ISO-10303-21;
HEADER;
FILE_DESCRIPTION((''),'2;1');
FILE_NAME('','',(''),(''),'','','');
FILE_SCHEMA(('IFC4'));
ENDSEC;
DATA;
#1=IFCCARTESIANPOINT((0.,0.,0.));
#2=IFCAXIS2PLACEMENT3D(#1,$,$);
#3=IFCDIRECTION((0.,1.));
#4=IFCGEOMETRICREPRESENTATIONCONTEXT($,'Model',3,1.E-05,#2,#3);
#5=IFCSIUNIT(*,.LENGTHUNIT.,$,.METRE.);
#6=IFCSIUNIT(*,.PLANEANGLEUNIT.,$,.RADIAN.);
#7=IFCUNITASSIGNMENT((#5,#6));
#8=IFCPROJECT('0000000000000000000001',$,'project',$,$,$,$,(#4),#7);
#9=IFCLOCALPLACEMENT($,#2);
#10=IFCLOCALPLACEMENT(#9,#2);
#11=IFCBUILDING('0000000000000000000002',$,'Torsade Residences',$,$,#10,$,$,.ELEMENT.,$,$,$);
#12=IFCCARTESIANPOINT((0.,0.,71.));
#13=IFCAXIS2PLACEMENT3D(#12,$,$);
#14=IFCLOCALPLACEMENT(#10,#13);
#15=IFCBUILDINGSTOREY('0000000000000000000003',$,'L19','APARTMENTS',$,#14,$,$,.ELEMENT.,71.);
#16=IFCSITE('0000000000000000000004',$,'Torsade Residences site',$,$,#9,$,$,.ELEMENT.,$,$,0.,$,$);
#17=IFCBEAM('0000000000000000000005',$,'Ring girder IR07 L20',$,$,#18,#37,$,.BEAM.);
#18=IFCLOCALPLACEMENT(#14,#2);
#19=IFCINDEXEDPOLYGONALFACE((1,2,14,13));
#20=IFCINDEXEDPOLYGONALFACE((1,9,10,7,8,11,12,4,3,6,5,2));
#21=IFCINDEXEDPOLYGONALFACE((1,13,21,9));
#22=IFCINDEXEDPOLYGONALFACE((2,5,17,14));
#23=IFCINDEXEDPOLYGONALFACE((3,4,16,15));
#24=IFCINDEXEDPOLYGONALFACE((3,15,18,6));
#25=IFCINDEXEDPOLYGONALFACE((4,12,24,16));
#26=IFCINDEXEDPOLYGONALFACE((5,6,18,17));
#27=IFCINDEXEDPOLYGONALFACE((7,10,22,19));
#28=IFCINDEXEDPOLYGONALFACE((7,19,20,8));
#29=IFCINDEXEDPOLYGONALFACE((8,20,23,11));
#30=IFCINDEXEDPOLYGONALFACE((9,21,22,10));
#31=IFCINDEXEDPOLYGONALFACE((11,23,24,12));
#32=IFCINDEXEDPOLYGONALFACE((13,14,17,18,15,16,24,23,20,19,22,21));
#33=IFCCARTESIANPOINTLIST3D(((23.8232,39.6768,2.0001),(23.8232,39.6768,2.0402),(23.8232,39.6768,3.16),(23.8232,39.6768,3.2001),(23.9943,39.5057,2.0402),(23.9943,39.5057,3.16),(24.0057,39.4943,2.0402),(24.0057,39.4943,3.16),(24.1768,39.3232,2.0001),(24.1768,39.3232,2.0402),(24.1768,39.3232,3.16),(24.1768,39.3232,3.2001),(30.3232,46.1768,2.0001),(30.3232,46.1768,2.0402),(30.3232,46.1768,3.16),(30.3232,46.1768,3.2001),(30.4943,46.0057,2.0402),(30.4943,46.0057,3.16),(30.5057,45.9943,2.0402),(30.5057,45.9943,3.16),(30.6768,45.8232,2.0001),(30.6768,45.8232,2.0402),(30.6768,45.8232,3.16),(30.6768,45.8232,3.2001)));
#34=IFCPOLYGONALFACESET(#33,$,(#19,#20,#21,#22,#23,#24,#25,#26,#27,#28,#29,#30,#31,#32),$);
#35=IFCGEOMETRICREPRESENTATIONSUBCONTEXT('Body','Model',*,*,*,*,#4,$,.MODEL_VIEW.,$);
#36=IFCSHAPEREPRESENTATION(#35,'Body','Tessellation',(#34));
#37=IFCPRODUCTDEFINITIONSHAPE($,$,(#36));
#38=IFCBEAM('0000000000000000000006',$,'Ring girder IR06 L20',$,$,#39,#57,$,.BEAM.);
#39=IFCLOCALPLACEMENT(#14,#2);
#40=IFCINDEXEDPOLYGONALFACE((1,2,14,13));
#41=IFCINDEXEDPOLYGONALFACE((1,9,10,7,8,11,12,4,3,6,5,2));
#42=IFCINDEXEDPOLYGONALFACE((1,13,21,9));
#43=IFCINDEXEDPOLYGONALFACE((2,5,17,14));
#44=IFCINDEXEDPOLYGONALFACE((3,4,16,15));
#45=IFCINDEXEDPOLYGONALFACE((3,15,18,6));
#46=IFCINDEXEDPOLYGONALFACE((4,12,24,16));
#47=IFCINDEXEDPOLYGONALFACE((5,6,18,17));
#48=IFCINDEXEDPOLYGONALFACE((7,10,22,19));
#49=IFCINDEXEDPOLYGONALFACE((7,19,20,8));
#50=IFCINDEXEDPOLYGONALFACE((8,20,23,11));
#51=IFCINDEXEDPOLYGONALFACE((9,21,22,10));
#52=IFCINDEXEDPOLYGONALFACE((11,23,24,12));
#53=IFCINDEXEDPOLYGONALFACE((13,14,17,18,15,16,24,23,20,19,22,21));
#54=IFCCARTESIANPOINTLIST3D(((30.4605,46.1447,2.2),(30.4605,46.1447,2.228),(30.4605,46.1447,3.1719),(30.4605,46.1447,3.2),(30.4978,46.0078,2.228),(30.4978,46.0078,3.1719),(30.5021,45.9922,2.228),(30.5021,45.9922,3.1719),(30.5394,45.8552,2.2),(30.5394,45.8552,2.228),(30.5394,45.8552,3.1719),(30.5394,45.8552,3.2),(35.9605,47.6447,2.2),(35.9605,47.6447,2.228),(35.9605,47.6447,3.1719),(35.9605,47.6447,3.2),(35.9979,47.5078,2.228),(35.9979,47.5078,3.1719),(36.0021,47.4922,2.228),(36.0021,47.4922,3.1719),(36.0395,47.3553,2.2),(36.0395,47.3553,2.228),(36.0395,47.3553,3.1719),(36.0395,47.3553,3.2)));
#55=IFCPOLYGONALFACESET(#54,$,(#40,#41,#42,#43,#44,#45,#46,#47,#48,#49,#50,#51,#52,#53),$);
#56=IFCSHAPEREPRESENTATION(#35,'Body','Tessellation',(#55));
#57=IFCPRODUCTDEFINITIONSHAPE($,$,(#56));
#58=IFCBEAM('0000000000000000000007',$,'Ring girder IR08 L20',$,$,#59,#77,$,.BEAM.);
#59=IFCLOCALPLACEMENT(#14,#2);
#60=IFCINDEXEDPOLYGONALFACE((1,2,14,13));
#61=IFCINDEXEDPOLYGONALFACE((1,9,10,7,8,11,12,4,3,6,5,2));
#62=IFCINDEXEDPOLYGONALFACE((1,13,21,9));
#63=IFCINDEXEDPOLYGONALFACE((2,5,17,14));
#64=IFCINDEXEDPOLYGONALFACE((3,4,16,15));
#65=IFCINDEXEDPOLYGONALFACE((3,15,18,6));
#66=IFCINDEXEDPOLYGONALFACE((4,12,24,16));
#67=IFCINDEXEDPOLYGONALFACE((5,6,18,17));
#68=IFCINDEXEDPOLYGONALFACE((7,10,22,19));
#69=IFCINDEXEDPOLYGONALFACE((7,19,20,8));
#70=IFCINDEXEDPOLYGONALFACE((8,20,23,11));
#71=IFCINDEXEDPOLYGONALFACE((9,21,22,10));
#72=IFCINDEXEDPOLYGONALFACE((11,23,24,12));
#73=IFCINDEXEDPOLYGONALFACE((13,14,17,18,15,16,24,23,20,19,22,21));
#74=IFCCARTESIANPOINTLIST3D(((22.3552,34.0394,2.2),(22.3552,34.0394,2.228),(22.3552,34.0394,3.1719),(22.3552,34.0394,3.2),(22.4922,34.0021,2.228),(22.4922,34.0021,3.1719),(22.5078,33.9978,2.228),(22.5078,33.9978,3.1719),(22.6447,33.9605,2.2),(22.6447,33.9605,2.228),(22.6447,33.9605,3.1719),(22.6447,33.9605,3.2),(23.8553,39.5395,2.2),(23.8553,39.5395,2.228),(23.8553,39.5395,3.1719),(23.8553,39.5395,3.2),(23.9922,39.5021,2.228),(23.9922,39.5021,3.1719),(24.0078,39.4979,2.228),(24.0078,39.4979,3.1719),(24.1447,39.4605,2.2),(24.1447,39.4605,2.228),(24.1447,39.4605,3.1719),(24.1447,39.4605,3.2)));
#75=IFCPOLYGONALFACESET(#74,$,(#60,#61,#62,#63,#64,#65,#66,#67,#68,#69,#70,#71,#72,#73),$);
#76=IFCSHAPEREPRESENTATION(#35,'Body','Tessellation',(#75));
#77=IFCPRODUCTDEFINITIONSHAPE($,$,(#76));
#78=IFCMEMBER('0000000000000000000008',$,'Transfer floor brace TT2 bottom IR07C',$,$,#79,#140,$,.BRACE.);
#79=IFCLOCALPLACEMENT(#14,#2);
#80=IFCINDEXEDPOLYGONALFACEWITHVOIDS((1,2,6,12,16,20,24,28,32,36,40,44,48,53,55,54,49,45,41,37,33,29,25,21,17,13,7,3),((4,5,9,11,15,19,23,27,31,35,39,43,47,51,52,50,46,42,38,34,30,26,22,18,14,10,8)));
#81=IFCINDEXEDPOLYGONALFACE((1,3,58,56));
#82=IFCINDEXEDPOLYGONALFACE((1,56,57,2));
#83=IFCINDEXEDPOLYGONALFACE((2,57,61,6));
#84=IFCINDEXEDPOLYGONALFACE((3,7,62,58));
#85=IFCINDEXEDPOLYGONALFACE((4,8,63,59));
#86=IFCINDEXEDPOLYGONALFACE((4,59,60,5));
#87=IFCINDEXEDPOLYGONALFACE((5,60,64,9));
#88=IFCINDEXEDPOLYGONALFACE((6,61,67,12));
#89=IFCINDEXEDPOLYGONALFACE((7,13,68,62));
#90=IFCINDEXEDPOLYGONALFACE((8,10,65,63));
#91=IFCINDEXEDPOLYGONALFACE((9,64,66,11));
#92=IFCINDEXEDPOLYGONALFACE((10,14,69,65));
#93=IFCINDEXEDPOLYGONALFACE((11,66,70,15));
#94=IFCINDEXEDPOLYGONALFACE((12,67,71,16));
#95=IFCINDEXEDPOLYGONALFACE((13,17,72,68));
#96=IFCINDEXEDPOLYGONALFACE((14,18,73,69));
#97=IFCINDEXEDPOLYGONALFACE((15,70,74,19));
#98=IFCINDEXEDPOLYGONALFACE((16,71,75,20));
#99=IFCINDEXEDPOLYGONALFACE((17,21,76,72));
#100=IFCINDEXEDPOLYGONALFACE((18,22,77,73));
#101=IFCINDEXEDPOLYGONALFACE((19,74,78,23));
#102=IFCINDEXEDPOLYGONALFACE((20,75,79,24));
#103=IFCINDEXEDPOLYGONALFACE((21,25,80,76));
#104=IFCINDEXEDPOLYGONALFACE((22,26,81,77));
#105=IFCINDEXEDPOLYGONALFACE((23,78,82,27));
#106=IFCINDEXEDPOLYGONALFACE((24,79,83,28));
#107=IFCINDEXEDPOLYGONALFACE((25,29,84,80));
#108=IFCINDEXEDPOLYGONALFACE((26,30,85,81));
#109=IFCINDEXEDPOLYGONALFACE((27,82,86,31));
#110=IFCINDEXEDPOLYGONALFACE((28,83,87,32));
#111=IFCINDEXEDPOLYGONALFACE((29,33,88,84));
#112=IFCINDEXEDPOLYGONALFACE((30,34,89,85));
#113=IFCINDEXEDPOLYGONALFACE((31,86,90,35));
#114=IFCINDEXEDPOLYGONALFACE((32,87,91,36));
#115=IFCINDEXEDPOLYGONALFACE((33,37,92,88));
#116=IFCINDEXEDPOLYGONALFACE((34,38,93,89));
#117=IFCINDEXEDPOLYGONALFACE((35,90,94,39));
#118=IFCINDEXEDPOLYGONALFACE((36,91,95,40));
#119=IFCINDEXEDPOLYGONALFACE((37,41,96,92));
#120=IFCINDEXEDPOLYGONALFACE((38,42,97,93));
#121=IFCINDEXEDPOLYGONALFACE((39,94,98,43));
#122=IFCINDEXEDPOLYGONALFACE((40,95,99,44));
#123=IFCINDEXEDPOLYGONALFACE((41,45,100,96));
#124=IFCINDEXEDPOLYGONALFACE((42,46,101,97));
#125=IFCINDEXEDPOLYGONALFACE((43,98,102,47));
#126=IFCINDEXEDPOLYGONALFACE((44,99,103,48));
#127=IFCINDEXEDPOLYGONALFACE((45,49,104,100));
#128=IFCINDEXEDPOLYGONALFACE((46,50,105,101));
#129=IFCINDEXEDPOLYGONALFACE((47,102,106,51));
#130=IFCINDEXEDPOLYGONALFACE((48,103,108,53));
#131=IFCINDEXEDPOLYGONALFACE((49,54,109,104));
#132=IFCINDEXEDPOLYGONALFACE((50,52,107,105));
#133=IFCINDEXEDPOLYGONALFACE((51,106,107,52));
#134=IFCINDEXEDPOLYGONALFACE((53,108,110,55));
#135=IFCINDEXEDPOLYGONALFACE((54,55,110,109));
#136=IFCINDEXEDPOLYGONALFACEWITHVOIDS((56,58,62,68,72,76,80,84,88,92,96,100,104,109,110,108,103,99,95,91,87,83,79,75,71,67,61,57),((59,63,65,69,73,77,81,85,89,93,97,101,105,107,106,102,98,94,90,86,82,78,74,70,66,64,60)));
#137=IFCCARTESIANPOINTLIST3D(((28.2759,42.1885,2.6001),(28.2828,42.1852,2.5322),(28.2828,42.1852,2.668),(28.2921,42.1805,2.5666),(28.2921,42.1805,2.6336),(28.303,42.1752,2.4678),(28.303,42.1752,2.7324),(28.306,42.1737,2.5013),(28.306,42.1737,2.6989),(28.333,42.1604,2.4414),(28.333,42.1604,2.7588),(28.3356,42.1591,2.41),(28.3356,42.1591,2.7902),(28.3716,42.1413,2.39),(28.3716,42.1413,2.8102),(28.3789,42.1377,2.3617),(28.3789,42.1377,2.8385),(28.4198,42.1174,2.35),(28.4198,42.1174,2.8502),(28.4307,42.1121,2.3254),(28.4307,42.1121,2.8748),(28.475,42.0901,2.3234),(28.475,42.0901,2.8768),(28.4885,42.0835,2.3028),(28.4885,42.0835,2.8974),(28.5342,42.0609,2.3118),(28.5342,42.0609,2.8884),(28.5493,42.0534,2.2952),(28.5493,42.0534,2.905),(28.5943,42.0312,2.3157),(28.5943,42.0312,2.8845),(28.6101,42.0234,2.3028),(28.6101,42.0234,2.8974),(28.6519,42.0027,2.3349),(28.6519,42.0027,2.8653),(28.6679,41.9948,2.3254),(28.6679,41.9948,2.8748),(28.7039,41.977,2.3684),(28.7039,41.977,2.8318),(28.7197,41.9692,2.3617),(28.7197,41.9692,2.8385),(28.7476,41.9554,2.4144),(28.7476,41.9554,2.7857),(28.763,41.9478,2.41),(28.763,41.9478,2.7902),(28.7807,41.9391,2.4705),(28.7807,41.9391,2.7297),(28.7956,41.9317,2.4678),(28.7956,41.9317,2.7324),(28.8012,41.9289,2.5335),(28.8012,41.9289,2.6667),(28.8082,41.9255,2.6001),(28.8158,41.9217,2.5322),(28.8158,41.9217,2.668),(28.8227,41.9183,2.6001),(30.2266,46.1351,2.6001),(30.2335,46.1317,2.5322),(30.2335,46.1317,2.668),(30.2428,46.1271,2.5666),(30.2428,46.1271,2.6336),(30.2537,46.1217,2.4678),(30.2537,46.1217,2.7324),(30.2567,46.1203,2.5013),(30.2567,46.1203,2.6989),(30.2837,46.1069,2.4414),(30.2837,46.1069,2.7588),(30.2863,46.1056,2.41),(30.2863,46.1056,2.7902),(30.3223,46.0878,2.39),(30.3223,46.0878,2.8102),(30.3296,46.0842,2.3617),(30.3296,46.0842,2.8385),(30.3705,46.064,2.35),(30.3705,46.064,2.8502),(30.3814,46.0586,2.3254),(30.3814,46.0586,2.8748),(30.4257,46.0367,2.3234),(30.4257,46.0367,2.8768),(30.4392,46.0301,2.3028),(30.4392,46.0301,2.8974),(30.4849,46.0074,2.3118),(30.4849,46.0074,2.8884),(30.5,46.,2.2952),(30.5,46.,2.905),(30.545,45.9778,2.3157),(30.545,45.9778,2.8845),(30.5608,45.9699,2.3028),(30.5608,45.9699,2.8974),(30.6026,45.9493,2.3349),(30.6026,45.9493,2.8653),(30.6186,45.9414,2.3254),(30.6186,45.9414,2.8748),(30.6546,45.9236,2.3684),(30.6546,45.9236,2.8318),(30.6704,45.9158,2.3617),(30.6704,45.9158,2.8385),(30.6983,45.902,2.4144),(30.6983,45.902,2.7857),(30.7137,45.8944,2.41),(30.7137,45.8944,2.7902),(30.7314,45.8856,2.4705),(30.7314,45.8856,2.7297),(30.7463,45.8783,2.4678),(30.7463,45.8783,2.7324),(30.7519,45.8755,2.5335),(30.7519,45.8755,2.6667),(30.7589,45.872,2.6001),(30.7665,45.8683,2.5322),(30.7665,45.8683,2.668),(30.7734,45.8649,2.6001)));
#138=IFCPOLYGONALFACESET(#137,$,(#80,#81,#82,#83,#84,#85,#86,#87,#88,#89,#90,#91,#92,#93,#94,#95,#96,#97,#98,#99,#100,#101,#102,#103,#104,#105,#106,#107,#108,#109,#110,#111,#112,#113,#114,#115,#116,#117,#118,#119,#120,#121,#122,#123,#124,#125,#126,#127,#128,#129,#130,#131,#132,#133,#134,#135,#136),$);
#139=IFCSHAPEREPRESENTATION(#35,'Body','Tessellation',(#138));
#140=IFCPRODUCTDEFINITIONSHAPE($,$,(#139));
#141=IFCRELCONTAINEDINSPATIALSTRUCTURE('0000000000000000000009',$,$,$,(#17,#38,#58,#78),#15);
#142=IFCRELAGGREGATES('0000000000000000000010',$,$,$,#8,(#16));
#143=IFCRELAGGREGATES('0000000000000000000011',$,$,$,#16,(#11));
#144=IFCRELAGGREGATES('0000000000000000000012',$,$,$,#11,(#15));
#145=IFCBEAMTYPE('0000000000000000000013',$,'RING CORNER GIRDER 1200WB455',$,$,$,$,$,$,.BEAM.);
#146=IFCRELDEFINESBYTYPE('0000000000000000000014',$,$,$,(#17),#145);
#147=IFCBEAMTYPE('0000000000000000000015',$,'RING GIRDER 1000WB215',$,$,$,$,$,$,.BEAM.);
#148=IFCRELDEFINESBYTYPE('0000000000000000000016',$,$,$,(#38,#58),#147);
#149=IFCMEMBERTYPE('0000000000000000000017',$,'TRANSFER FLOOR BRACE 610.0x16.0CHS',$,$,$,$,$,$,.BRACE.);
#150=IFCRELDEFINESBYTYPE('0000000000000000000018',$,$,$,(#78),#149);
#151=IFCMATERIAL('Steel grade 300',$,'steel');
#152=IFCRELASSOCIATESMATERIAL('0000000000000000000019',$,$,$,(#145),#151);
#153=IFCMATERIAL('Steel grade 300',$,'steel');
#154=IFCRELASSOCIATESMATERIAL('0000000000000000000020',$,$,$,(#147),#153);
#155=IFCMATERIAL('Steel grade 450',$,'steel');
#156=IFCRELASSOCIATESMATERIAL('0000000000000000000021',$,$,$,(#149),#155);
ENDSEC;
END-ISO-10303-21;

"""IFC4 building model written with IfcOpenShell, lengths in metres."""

from ifc_helpers import new_model, si_unit, direction, frame, origin, origin_2d, place, context, subcontext, project, spatial, hollow_circle, i_section, extrude, material, material_profile, profile_set, type_object, element, save


model = new_model("IFC4")

# Units and contexts
model_context = context("Model", 3, precision=1e-05, world=origin(), true_north=direction((0.0, 1.0)))
body_context = subcontext(model_context, "Body", "Model", "MODEL_VIEW")
ifc_project = project(units=[si_unit("LENGTHUNIT", "METRE"), si_unit("PLANEANGLEUNIT", "RADIAN")], contexts=[model_context])

# Site, building, storey
site_placement = place(None, origin())
site = spatial("IfcSite", under=ifc_project, at=site_placement, Name="Torsade Residences site", CompositionType="ELEMENT", RefElevation=0.0)
building_placement = place(site_placement, origin())
building = spatial("IfcBuilding", under=site, at=building_placement, Name="Torsade Residences", CompositionType="ELEMENT")
storey_placement = place(building_placement, frame((0.0, 0.0, 71.0)))
storey = spatial("IfcBuildingStorey", under=building, at=storey_placement, Name="L19", Description="APARTMENTS", CompositionType="ELEMENT", Elevation=71.0)

# Beams
ifc_material_1 = material(Name="Steel grade 300", Category="steel")
ifc_material_profile_1 = material_profile(ifc_material_1, i_section(OverallWidth=0.5, OverallDepth=1.2, WebThickness=0.0161, FlangeThickness=0.04, at=origin_2d()), Name="1200WB455")
ifc_profile_set_1 = profile_set([ifc_material_profile_1], Name="Steel grade 300")
beam_type_1 = type_object("IfcBeamType", Name="RING CORNER GIRDER 1200WB455", PredefinedType="BEAM", material=ifc_profile_set_1)
beam_1_placement = place(storey_placement, frame((30.5, 46.0, 2.6001), z_axis=(-0.707107, -0.707107, 0.0), x_axis=(0.707107, -0.707107, 0.0)))
element("IfcBeam", 1, at=beam_1_placement, inside=storey, type_object=beam_type_1, Name="Ring girder IR07 L20", PredefinedType="BEAM", context=body_context, shape_type="SweptSolid", body=[
    extrude(i_section(OverallWidth=0.5, OverallDepth=1.2, WebThickness=0.0161, FlangeThickness=0.04, at=origin_2d()), origin(), (0.0, 0.0, 1.0), 9.1924),
])
ifc_material_2 = material(Name="Steel grade 300", Category="steel")
ifc_material_profile_2 = material_profile(ifc_material_2, i_section(OverallWidth=0.3, OverallDepth=1.0, WebThickness=0.0161, FlangeThickness=0.0281, at=origin_2d()), Name="1000WB215")
ifc_profile_set_2 = profile_set([ifc_material_profile_2], Name="Steel grade 300")
beam_type_2 = type_object("IfcBeamType", Name="RING GIRDER 1000WB215", PredefinedType="BEAM", material=ifc_profile_set_2)
for number, where, z_axis, x_axis, name in (
    (2, (36.0, 47.5, 2.7), (-0.964764, -0.263117, 0.0), (0.263117, -0.964764, 0.0), "Ring girder IR06 L20"),
    (3, (24.0, 39.5, 2.7), (-0.263117, -0.964764, 0.0), (0.964764, -0.263117, 0.0), "Ring girder IR08 L20"),
):
    element("IfcBeam", number, at=place(storey_placement, frame(where, z_axis=z_axis, x_axis=x_axis)), inside=storey, type_object=beam_type_2, Name=name, PredefinedType="BEAM", context=body_context, shape_type="SweptSolid", body=[
        extrude(i_section(OverallWidth=0.3, OverallDepth=1.0, WebThickness=0.0161, FlangeThickness=0.0281, at=origin_2d()), origin(), (0.0, 0.0, 1.0), 5.7009),
    ])

# Member
ifc_material_3 = material(Name="Steel grade 450", Category="steel")
ifc_material_profile_3 = material_profile(ifc_material_3, hollow_circle(Radius=0.3049, WallThickness=0.0161, at=origin_2d()), Name="610.0x16.0CHS")
ifc_profile_set_3 = profile_set([ifc_material_profile_3], Name="Steel grade 450")
member_type = type_object("IfcMemberType", Name="TRANSFER FLOOR BRACE 610.0x16.0CHS", PredefinedType="BRACE", material=ifc_profile_set_3)
for number, where, z_axis, x_axis, name in (
    (4, (30.5, 46.0, 2.6001), (-0.443105, -0.89647, 0.0), (0.89647, -0.443105, 0.0), "Transfer floor brace TT2 bottom IR07C"),
):
    element("IfcMember", number, at=place(storey_placement, frame(where, z_axis=z_axis, x_axis=x_axis)), inside=storey, type_object=member_type, Name=name, PredefinedType="BRACE", context=body_context, shape_type="SweptSolid", body=[
        extrude(hollow_circle(Radius=0.3049, WallThickness=0.0161, at=origin_2d()), origin(), (0.0, 0.0, 1.0), 4.4023),
    ])

save(model, "model.ifc")
